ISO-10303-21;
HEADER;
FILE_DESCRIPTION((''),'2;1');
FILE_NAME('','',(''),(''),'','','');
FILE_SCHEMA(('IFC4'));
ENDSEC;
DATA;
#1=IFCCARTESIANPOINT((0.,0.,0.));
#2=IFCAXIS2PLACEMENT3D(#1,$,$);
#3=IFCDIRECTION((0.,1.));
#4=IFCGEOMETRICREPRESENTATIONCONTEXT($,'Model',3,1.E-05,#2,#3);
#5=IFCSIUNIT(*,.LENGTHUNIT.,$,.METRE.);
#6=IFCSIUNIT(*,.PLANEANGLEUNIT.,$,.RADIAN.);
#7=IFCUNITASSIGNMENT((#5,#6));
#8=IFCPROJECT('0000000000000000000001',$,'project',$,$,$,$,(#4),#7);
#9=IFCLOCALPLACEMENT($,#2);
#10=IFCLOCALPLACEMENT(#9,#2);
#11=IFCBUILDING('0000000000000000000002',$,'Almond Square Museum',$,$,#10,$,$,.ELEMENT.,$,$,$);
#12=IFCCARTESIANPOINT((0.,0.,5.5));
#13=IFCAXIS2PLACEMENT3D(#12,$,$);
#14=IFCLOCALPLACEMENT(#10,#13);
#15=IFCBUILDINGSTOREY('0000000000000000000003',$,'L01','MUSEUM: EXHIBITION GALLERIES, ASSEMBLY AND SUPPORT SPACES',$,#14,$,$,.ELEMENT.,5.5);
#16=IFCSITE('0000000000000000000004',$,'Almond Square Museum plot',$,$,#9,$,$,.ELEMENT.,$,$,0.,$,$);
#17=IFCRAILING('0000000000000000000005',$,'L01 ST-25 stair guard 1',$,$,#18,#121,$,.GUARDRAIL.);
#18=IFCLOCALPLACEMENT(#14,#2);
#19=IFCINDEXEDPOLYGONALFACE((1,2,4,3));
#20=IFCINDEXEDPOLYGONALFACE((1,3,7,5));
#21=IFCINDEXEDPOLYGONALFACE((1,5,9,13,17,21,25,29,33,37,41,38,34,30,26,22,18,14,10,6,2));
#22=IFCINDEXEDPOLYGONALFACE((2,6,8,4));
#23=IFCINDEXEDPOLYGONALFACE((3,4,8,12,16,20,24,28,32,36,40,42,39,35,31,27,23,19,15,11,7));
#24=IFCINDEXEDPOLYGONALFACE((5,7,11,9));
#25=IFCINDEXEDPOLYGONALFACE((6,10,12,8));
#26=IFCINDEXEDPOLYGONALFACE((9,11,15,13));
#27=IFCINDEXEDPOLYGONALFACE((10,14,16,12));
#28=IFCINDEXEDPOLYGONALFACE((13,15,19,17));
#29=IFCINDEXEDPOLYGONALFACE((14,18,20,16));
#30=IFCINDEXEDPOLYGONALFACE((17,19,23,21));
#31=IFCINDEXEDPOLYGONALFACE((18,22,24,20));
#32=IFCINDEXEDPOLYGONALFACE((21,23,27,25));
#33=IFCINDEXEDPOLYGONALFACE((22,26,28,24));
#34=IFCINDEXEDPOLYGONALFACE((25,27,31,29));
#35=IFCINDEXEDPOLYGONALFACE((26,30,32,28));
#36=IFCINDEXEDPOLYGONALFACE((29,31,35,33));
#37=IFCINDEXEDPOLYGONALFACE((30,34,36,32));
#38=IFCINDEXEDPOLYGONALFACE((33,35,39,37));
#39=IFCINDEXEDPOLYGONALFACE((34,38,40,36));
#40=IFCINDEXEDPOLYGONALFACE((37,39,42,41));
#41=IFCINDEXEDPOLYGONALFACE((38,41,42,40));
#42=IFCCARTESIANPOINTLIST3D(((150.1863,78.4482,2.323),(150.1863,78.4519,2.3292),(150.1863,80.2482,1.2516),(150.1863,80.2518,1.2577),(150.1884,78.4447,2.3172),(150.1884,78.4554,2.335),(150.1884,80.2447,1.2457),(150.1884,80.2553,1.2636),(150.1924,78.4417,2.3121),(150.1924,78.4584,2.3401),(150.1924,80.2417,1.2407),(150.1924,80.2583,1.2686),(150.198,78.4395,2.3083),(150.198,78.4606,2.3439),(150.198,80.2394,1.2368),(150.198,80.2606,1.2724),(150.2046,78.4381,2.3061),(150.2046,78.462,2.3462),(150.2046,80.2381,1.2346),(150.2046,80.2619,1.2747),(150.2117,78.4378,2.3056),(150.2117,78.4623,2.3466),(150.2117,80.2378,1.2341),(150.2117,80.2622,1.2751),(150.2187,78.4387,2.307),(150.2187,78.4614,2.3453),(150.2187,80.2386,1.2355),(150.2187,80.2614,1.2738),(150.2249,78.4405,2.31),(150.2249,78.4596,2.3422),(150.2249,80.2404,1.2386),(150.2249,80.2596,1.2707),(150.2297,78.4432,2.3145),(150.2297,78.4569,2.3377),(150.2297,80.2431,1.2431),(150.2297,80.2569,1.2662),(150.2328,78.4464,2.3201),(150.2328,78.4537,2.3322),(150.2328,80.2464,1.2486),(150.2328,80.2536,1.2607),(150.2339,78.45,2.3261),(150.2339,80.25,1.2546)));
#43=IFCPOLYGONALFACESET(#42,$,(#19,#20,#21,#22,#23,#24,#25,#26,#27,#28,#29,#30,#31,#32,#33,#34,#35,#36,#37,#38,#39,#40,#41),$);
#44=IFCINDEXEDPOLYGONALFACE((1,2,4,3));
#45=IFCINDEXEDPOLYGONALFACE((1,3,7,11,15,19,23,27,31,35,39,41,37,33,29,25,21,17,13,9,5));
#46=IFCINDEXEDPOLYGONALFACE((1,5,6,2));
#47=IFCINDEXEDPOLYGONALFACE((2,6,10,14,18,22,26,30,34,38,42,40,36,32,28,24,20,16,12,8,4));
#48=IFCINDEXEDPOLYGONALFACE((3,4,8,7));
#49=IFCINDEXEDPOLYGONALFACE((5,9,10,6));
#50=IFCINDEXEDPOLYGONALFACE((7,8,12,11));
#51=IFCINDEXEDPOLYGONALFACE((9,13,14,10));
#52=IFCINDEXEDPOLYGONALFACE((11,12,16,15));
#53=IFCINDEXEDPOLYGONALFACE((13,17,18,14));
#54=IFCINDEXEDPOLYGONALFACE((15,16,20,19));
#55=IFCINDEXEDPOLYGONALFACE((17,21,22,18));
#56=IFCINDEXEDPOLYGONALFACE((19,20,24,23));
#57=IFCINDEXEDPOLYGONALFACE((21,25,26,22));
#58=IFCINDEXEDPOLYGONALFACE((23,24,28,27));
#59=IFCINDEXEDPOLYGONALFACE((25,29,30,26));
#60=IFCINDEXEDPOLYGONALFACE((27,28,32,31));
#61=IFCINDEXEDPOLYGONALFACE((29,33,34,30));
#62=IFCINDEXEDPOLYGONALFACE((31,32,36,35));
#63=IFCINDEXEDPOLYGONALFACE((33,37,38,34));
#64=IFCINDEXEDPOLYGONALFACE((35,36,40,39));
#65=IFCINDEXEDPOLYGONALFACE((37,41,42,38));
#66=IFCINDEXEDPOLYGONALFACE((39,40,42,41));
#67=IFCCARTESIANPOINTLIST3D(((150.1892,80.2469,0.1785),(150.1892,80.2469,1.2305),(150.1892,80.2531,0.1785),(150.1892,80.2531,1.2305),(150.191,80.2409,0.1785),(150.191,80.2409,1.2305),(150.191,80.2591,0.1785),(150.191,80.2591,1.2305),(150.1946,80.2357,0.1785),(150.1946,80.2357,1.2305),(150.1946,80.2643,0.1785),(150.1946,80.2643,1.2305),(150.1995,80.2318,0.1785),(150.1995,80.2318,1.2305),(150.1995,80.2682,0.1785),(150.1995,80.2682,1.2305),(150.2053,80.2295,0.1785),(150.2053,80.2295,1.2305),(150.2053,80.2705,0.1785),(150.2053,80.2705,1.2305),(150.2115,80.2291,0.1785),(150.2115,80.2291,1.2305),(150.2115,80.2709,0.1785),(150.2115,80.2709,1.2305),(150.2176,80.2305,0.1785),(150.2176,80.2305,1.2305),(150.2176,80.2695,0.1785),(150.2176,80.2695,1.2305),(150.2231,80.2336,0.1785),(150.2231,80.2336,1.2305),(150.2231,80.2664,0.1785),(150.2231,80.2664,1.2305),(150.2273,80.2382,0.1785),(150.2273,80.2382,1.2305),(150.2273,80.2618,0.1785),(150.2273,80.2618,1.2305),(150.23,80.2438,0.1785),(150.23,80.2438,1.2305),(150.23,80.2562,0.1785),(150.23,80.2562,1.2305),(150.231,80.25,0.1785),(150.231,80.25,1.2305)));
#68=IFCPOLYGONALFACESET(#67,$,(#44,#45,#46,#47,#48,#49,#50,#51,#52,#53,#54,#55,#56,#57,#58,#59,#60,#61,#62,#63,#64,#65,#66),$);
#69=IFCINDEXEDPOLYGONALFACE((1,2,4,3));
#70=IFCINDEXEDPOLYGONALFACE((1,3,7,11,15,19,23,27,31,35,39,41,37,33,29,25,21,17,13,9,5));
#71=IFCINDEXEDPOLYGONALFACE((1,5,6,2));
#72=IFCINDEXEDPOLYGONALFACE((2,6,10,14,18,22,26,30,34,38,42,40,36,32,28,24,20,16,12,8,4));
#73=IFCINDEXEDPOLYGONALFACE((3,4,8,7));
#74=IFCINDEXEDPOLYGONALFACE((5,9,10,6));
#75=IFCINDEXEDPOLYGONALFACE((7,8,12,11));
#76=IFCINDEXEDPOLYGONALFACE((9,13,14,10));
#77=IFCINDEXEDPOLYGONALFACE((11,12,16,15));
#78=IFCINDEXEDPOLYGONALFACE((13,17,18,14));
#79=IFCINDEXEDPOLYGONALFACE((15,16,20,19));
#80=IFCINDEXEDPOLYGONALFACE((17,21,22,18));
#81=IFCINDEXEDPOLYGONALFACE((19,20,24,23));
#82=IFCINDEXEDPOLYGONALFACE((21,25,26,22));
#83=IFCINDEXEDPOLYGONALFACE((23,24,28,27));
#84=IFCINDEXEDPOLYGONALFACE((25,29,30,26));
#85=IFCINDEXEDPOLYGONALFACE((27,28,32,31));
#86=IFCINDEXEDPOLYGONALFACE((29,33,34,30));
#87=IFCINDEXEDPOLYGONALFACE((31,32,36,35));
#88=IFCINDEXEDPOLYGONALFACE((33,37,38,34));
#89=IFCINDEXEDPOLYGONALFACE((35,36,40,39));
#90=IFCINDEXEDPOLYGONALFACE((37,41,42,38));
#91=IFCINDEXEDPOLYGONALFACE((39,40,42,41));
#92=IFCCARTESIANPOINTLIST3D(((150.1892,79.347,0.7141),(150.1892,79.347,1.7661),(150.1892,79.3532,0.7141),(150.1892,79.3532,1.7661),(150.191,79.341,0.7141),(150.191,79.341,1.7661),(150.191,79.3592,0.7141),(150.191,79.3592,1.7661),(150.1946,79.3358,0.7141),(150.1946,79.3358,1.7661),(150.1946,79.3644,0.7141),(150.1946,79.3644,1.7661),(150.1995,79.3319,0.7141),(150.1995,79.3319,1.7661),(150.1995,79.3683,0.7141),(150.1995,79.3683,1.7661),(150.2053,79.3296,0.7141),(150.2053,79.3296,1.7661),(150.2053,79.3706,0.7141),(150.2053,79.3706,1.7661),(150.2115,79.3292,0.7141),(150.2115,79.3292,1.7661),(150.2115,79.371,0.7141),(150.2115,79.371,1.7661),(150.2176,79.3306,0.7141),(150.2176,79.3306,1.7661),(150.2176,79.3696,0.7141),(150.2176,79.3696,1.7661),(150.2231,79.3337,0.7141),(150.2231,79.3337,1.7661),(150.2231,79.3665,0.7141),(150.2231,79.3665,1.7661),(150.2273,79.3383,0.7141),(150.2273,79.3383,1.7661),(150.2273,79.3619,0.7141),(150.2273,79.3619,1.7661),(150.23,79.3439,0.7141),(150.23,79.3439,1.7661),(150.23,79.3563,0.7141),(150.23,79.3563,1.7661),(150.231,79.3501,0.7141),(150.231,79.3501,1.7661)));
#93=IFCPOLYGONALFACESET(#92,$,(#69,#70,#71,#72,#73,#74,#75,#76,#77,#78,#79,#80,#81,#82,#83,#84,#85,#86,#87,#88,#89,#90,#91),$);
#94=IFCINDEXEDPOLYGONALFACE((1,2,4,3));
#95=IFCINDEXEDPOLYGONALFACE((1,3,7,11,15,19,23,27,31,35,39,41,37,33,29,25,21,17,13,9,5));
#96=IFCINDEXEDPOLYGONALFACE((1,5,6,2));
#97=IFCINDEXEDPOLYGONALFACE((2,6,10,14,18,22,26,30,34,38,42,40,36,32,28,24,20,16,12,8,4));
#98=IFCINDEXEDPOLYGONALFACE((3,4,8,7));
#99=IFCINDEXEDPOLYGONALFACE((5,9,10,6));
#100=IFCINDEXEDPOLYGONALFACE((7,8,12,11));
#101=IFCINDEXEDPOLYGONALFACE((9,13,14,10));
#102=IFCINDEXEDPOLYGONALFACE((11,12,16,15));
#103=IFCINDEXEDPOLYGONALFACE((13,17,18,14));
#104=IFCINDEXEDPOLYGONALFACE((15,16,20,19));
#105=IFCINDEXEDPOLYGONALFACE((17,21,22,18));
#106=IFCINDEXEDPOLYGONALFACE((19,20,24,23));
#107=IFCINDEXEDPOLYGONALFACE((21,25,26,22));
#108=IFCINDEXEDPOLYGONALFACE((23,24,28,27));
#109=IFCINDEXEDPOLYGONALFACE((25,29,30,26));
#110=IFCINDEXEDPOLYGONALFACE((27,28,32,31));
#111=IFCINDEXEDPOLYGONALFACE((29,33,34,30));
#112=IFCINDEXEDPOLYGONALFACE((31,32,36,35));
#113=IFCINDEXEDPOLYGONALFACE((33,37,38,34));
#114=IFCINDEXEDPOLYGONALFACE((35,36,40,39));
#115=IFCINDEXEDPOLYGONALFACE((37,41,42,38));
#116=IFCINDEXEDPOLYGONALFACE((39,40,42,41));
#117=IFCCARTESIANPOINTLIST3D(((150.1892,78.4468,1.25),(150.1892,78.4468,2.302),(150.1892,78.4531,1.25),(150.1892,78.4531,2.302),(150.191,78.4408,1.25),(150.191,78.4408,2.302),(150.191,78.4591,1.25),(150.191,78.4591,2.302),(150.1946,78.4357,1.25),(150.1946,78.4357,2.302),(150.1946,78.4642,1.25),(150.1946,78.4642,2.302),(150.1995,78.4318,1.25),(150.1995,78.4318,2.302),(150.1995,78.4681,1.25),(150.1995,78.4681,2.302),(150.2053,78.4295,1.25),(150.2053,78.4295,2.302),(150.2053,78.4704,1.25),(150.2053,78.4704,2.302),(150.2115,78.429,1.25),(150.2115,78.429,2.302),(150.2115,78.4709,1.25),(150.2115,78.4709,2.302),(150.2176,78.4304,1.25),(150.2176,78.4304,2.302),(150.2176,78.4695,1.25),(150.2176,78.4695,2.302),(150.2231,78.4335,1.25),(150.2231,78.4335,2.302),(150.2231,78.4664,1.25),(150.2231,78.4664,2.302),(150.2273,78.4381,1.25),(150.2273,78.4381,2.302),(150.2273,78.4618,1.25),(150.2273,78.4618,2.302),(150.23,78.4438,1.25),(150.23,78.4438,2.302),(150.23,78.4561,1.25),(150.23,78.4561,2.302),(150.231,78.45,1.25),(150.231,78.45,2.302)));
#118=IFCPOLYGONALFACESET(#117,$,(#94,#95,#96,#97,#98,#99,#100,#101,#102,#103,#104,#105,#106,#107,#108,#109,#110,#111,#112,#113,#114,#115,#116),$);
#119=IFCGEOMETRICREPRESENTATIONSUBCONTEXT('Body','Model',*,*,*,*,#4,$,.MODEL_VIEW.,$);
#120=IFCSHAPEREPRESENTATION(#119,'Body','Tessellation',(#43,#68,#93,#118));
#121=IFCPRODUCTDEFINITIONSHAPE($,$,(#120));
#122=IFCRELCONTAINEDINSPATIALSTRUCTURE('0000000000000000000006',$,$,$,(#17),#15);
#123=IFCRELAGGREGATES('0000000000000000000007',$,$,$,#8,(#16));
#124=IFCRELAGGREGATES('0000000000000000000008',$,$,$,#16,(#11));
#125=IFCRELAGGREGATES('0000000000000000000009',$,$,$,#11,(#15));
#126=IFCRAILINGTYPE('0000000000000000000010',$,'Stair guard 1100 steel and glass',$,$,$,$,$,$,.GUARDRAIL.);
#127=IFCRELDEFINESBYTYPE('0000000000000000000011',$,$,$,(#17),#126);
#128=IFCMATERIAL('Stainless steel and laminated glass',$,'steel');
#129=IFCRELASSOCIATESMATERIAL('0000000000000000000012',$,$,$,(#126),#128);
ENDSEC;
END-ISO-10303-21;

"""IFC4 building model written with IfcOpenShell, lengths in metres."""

from ifc_helpers import new_model, si_unit, direction, frame, origin, origin_2d, place, context, subcontext, project, spatial, circle, extrude, material, type_object, element, save


model = new_model("IFC4")

# Units and contexts
model_context = context("Model", 3, precision=1e-05, world=origin(), true_north=direction((0.0, 1.0)))
body_context = subcontext(model_context, "Body", "Model", "MODEL_VIEW")
ifc_project = project(units=[si_unit("LENGTHUNIT", "METRE"), si_unit("PLANEANGLEUNIT", "RADIAN")], contexts=[model_context])

# Site, building, storey
site_placement = place(None, origin())
site = spatial("IfcSite", under=ifc_project, at=site_placement, Name="Almond Square Museum plot", CompositionType="ELEMENT", RefElevation=0.0)
building_placement = place(site_placement, origin())
building = spatial("IfcBuilding", under=site, at=building_placement, Name="Almond Square Museum", CompositionType="ELEMENT")
storey_placement = place(building_placement, frame((0.0, 0.0, 5.5)))
storey = spatial("IfcBuildingStorey", under=building, at=storey_placement, Name="L01", Description="MUSEUM: EXHIBITION GALLERIES, ASSEMBLY AND SUPPORT SPACES", CompositionType="ELEMENT", Elevation=5.5)

# Railing
ifc_material_1 = material(Name="Stainless steel and laminated glass", Category="steel")
railing_type_1 = type_object("IfcRailingType", Name="Stair guard 1100 steel and glass", PredefinedType="GUARDRAIL", material=ifc_material_1)
railing_1_placement = place(storey_placement, frame((150.21, 80.25, 0.1785)))
element("IfcRailing", 1, at=railing_1_placement, inside=storey, type_object=railing_type_1, Name="L01 ST-25 stair guard 1", PredefinedType="GUARDRAIL", context=body_context, shape_type="SweptSolid", body=[
    extrude(circle(Radius=0.0239, at=origin_2d()), frame((0.0, 0.0, 1.0762), z_axis=(0.0, -0.859277, 0.51151), x_axis=(1.0, 0.0, 0.0)), (0.0, 0.0, 1.0), 2.0947),
    extrude(circle(Radius=0.021, at=origin_2d()), origin(), (0.0, 0.0, 1.0), 1.052),
    extrude(circle(Radius=0.021, at=origin_2d()), frame((0.0, -0.8999, 0.5356)), (0.0, 0.0, 1.0), 1.052),
    extrude(circle(Radius=0.021, at=origin_2d()), frame((0.0, -1.8, 1.0715)), (0.0, 0.0, 1.0), 1.052),
])

save(model, "model.ifc")
